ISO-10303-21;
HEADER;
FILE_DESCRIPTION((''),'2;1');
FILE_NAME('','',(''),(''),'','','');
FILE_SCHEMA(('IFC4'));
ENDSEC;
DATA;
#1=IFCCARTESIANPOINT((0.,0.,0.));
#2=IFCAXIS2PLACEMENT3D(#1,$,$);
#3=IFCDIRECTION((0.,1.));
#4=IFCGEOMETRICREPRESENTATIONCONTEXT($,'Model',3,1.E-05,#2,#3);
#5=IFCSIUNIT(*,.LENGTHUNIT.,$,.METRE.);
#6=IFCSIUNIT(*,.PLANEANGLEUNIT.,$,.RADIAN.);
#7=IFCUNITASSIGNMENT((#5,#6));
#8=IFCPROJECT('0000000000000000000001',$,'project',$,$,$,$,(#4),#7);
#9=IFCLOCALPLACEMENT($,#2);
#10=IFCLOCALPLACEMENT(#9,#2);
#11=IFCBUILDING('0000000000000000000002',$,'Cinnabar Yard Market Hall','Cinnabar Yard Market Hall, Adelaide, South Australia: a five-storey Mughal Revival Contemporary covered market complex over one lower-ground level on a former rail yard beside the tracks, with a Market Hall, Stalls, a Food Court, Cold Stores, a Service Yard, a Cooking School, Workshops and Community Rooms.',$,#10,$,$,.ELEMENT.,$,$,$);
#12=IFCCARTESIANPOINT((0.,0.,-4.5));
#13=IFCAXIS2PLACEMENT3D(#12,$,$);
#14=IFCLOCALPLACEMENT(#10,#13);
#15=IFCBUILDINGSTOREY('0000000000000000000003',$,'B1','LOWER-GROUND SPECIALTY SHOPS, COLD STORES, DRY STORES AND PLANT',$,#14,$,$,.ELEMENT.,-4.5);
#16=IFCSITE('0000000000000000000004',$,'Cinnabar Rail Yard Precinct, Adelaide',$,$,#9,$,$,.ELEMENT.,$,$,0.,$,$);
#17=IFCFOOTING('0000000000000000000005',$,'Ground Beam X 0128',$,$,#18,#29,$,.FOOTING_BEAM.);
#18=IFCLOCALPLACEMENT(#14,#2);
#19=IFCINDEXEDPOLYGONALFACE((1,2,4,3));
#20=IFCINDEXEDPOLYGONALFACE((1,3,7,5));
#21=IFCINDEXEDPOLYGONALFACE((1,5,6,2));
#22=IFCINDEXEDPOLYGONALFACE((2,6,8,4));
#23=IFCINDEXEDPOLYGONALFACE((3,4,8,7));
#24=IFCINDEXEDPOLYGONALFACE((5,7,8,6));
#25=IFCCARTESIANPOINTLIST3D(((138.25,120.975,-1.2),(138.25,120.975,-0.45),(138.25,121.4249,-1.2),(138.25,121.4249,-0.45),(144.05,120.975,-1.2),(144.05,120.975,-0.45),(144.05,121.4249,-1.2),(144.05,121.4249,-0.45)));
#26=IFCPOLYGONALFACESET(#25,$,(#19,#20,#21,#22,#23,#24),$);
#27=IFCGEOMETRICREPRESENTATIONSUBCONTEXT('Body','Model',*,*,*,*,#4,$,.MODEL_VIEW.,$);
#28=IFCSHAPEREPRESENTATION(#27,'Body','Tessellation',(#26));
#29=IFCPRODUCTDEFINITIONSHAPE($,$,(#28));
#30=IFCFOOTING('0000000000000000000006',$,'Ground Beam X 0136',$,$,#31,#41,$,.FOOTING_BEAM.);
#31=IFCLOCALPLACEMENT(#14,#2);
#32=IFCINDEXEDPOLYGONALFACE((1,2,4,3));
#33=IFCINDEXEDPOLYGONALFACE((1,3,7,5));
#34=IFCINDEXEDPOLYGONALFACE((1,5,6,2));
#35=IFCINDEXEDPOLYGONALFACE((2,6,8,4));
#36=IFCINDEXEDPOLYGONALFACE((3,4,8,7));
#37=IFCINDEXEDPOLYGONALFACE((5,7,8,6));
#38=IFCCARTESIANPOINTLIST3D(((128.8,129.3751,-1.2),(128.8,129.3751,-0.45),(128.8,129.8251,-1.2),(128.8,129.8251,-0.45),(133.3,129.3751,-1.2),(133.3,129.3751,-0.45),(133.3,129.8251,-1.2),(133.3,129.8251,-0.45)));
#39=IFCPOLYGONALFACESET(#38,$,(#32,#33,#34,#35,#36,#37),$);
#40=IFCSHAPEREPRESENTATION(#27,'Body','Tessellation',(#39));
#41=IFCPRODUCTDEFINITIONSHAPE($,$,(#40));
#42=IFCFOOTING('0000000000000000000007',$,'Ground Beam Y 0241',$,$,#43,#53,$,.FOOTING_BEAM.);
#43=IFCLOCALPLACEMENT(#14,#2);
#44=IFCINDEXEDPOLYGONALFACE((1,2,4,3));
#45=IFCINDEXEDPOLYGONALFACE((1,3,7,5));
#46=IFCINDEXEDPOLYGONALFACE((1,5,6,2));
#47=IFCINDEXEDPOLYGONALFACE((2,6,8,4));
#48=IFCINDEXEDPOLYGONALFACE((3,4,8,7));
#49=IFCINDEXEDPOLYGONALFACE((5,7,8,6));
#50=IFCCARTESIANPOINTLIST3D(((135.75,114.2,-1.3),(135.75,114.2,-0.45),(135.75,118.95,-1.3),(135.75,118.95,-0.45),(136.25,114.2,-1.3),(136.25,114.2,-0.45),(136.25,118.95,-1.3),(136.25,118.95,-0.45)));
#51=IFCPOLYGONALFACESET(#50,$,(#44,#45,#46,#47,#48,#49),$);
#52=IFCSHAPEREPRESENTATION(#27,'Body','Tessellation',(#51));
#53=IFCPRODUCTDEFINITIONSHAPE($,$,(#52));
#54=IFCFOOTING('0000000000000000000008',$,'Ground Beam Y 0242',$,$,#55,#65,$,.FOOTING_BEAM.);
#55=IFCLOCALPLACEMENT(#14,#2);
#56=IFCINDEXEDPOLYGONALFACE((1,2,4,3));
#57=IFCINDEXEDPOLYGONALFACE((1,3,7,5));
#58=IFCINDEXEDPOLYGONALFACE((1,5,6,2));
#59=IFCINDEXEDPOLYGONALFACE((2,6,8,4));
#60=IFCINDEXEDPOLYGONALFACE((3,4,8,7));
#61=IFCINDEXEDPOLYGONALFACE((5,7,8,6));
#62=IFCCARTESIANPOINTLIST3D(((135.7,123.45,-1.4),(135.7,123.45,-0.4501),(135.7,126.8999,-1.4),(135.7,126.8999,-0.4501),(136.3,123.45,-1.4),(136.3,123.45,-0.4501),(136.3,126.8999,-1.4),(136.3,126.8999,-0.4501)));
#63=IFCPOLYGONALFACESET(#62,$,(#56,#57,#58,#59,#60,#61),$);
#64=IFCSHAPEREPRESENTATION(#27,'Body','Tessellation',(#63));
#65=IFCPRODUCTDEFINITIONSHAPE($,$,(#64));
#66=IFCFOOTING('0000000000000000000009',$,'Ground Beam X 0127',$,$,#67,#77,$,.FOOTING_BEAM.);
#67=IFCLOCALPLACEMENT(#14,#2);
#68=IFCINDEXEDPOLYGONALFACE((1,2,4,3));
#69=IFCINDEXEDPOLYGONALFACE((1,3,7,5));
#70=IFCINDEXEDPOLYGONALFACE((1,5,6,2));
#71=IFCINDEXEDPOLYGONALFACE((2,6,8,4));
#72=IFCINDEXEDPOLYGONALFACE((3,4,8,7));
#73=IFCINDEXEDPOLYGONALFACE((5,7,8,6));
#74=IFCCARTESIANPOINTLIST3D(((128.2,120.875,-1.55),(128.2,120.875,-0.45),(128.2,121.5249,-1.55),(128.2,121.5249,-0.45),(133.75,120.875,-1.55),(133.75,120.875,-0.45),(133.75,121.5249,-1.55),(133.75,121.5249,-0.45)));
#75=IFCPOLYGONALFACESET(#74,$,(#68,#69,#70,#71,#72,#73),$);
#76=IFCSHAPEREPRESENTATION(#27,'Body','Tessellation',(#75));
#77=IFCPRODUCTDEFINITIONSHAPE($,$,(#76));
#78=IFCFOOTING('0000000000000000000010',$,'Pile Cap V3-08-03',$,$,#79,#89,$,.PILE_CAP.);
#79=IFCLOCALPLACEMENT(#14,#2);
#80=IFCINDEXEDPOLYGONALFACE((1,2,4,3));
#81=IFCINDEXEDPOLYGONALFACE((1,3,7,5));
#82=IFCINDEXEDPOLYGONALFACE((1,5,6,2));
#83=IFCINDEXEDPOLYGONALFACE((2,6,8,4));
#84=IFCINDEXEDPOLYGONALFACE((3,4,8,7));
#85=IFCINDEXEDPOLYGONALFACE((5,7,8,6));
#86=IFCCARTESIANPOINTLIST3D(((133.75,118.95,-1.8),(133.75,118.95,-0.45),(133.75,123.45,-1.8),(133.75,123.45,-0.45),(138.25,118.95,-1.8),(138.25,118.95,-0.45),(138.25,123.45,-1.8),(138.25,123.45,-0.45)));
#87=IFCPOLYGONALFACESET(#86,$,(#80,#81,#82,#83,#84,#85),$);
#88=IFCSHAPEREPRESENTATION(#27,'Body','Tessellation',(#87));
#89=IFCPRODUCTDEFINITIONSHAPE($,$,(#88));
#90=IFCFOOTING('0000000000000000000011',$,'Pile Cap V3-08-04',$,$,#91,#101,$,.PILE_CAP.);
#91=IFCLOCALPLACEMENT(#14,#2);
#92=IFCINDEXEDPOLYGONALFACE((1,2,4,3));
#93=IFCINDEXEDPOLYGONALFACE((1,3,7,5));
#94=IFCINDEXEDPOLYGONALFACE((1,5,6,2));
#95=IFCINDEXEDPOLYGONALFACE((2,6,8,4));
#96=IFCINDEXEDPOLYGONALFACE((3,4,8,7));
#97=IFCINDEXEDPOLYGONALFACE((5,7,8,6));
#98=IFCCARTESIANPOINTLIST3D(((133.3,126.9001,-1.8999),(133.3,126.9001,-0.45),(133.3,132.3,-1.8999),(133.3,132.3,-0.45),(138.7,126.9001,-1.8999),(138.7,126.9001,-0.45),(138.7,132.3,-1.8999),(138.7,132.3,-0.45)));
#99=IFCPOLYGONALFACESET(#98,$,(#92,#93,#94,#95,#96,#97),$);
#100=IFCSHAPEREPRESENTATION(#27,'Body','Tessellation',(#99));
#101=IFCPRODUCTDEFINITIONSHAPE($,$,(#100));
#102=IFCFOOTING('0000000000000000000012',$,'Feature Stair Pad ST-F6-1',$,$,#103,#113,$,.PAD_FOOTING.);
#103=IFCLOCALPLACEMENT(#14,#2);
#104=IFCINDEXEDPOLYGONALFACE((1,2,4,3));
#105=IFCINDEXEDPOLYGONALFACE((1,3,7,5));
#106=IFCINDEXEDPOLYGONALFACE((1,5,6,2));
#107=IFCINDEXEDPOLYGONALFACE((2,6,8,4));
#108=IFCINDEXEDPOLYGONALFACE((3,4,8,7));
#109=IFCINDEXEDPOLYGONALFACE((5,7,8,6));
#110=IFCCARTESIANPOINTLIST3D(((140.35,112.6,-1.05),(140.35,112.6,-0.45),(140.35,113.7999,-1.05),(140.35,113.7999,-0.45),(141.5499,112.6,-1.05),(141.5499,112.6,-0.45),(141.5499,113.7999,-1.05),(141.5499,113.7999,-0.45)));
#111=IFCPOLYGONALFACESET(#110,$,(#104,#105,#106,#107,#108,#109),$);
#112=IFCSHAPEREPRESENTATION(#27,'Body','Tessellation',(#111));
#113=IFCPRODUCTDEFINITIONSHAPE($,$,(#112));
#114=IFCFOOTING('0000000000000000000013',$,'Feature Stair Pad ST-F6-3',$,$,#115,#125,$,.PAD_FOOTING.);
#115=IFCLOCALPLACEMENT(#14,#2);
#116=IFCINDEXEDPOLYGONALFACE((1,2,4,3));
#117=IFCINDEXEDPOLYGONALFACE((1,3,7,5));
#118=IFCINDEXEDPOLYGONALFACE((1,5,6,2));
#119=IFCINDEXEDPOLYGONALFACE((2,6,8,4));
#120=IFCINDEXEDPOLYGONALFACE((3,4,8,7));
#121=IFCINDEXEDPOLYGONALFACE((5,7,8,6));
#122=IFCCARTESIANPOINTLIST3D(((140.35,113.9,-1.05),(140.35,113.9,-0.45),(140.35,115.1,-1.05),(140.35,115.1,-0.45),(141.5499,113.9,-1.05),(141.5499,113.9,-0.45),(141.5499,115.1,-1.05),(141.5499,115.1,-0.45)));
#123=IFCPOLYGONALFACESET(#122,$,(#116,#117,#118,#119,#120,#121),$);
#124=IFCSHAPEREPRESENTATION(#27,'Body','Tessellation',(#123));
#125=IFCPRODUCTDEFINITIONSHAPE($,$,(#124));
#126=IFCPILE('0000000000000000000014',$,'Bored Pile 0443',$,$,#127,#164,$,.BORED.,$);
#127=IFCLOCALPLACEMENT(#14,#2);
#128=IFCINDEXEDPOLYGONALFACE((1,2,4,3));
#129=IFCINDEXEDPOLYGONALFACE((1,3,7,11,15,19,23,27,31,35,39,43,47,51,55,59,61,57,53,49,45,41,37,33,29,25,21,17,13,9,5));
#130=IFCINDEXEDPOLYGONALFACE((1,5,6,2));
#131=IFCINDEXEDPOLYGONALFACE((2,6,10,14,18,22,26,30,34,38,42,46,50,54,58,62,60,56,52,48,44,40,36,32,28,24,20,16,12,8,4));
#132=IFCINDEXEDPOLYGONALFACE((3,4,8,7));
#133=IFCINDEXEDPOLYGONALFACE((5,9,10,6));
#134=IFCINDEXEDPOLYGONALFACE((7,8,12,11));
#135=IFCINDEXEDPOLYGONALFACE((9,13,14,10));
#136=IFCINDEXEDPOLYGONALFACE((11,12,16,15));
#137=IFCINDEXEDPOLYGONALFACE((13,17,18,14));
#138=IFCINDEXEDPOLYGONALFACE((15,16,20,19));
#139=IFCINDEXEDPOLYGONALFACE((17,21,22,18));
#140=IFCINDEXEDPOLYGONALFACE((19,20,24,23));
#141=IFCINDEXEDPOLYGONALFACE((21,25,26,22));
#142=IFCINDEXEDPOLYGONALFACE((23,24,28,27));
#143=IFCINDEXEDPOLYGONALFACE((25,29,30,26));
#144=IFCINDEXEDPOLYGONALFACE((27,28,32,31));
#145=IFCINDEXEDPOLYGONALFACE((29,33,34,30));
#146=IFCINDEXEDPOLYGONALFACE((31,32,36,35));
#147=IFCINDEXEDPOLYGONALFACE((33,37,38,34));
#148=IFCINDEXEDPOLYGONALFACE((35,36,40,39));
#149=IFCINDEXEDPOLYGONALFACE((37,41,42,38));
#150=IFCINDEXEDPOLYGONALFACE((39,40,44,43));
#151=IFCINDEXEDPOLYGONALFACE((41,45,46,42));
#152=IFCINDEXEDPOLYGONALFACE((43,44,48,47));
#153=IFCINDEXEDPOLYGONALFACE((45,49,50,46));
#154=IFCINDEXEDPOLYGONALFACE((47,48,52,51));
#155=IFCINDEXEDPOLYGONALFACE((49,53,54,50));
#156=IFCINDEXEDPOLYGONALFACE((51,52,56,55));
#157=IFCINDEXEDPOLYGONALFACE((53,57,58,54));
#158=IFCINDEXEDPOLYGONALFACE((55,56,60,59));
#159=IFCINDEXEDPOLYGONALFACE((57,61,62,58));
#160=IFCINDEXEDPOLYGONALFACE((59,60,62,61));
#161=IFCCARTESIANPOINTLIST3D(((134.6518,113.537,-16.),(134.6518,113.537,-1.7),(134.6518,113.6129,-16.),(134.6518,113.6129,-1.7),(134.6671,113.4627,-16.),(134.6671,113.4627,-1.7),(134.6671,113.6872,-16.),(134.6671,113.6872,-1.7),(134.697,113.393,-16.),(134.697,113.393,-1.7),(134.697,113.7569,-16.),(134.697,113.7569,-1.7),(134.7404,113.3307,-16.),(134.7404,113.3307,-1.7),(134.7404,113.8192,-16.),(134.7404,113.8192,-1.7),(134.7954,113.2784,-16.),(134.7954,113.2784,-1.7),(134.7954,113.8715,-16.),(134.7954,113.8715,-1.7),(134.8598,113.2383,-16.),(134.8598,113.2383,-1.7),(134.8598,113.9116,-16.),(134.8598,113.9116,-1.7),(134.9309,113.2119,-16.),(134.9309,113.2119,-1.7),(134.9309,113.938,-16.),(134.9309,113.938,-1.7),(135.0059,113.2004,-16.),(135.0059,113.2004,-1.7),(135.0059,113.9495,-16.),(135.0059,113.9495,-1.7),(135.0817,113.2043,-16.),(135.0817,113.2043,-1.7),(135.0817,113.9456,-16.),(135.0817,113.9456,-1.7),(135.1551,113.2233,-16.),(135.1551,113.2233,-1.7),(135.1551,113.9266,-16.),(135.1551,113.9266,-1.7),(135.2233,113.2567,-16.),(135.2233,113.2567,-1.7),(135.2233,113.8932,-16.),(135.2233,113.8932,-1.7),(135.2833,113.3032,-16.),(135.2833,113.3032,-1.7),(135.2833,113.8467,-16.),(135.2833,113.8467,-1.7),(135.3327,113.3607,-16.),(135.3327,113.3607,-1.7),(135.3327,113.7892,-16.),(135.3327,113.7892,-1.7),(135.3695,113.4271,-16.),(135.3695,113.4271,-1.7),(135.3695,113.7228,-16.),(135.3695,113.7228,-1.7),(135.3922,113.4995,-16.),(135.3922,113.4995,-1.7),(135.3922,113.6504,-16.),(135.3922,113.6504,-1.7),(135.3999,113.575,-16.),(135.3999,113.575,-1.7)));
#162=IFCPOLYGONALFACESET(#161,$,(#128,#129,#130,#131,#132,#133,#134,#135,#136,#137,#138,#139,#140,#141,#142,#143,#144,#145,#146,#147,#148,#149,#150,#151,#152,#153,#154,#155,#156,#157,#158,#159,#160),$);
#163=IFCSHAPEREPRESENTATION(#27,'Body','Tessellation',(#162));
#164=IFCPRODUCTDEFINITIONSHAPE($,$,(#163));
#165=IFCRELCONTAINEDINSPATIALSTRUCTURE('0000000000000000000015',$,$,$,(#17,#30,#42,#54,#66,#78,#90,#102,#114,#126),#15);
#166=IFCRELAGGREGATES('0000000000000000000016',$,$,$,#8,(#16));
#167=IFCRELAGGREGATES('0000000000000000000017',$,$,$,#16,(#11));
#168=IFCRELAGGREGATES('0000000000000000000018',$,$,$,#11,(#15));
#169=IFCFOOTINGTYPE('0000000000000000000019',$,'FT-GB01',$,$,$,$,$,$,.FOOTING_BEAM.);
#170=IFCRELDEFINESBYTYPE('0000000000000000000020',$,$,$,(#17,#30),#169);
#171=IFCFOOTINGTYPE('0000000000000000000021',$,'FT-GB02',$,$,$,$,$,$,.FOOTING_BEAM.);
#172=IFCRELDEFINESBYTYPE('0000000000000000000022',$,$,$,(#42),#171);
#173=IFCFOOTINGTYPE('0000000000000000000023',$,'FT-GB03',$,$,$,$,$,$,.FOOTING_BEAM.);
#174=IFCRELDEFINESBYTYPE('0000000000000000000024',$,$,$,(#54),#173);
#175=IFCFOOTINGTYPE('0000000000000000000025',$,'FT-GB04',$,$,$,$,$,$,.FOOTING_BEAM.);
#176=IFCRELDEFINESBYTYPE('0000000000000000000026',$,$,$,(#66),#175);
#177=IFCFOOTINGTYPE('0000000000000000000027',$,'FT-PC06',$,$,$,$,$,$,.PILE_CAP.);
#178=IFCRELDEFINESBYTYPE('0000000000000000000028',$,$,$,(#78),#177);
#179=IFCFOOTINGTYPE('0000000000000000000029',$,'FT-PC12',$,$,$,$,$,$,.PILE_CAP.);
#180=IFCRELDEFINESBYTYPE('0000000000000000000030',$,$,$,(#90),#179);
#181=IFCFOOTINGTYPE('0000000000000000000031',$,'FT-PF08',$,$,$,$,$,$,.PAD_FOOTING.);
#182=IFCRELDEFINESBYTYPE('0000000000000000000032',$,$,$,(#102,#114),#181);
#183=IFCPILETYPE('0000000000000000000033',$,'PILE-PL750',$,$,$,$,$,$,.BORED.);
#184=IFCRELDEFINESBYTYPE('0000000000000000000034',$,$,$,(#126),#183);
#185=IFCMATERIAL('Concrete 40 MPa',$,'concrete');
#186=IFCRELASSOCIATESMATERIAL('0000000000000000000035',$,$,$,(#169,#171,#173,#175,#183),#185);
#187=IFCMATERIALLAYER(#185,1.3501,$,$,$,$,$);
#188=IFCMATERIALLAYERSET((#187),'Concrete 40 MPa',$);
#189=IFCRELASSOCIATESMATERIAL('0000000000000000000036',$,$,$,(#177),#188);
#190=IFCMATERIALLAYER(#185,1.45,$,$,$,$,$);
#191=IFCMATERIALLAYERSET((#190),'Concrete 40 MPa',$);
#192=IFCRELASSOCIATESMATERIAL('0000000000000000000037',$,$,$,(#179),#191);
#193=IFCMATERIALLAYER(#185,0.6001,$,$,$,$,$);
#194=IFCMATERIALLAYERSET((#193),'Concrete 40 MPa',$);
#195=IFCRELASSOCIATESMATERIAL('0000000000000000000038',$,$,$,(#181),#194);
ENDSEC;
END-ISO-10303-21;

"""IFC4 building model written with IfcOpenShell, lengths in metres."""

from ifc_helpers import new_model, si_unit, direction, frame, origin, origin_2d_with_axis, place, context, subcontext, project, spatial, rectangle, circle, extrude, material, layer, layer_set, material_profile, profile_set, type_object, element, save


model = new_model("IFC4")

# Units and contexts
model_context = context("Model", 3, precision=1e-05, world=origin(), true_north=direction((0.0, 1.0)))
body_context = subcontext(model_context, "Body", "Model", "MODEL_VIEW")
ifc_project = project(units=[si_unit("LENGTHUNIT", "METRE"), si_unit("PLANEANGLEUNIT", "RADIAN")], contexts=[model_context])

# Site, building, storey
site_placement = place(None, origin())
site = spatial("IfcSite", under=ifc_project, at=site_placement, Name="Cinnabar Rail Yard Precinct, Adelaide", CompositionType="ELEMENT", RefElevation=0.0)
building_placement = place(site_placement, origin())
building = spatial("IfcBuilding", under=site, at=building_placement, Name="Cinnabar Yard Market Hall", Description="Cinnabar Yard Market Hall, Adelaide, South Australia: a five-storey Mughal Revival Contemporary covered market complex over one lower-ground level on a former rail yard beside the tracks, with a Market Hall, Stalls, a Food Court, Cold Stores, a Service Yard, a Cooking School, Workshops and Community Rooms.", CompositionType="ELEMENT")
storey_placement = place(building_placement, frame((0.0, 0.0, -4.5)))
storey = spatial("IfcBuildingStorey", under=building, at=storey_placement, Name="B1", Description="LOWER-GROUND SPECIALTY SHOPS, COLD STORES, DRY STORES AND PLANT", CompositionType="ELEMENT", Elevation=-4.5)

# Footings
ifc_material_1 = material(Name="Concrete 40 MPa", Category="concrete")
ifc_material_profile_1 = material_profile(ifc_material_1, rectangle(XDim=0.45, YDim=0.75, at=origin_2d_with_axis()), Name="GB-450x750")
ifc_profile_set_1 = profile_set([ifc_material_profile_1], Name="Concrete 40 MPa")
footing_type_1 = type_object("IfcFootingType", Name="FT-GB01", PredefinedType="FOOTING_BEAM", material=ifc_profile_set_1)
footing_1_placement = place(storey_placement, frame((138.25, 121.2, -0.825), z_axis=(1.0, 0.0, 0.0), x_axis=(0.0, 1.0, 0.0)))
element("IfcFooting", 1, at=footing_1_placement, inside=storey, type_object=footing_type_1, Name="Ground Beam X 0128", PredefinedType="FOOTING_BEAM", context=body_context, shape_type="SweptSolid", body=[
    extrude(rectangle(XDim=0.45, YDim=0.75, at=origin_2d_with_axis()), origin(), (0.0, 0.0, 1.0), 5.8),
])
footing_2_placement = place(storey_placement, frame((128.8, 129.6001, -0.825), z_axis=(1.0, 0.0, 0.0), x_axis=(0.0, 1.0, 0.0)))
element("IfcFooting", 2, at=footing_2_placement, inside=storey, type_object=footing_type_1, Name="Ground Beam X 0136", PredefinedType="FOOTING_BEAM", context=body_context, shape_type="SweptSolid", body=[
    extrude(rectangle(XDim=0.45, YDim=0.75, at=origin_2d_with_axis()), origin(), (0.0, 0.0, 1.0), 4.5),
])
ifc_material_profile_2 = material_profile(ifc_material_1, rectangle(XDim=0.5, YDim=0.8501, at=origin_2d_with_axis()), Name="GB-500x850")
ifc_profile_set_2 = profile_set([ifc_material_profile_2], Name="Concrete 40 MPa")
footing_type_2 = type_object("IfcFootingType", Name="FT-GB02", PredefinedType="FOOTING_BEAM", material=ifc_profile_set_2)
footing_3_placement = place(storey_placement, frame((136.0, 114.2, -0.875), z_axis=(0.0, 1.0, 0.0), x_axis=(-1.0, 0.0, 0.0)))
element("IfcFooting", 3, at=footing_3_placement, inside=storey, type_object=footing_type_2, Name="Ground Beam Y 0241", PredefinedType="FOOTING_BEAM", context=body_context, shape_type="SweptSolid", body=[
    extrude(rectangle(XDim=0.5, YDim=0.8501, at=origin_2d_with_axis()), origin(), (0.0, 0.0, 1.0), 4.75),
])
ifc_material_profile_3 = material_profile(ifc_material_1, rectangle(XDim=0.6001, YDim=0.95, at=origin_2d_with_axis()), Name="GB-600x950")
ifc_profile_set_3 = profile_set([ifc_material_profile_3], Name="Concrete 40 MPa")
footing_type_3 = type_object("IfcFootingType", Name="FT-GB03", PredefinedType="FOOTING_BEAM", material=ifc_profile_set_3)
footing_4_placement = place(storey_placement, frame((136.0, 123.45, -0.925), z_axis=(0.0, 1.0, 0.0), x_axis=(-1.0, 0.0, 0.0)))
element("IfcFooting", 4, at=footing_4_placement, inside=storey, type_object=footing_type_3, Name="Ground Beam Y 0242", PredefinedType="FOOTING_BEAM", context=body_context, shape_type="SweptSolid", body=[
    extrude(rectangle(XDim=0.6001, YDim=0.95, at=origin_2d_with_axis()), origin(), (0.0, 0.0, 1.0), 3.45),
])
ifc_material_profile_4 = material_profile(ifc_material_1, rectangle(XDim=0.6499, YDim=1.1001, at=origin_2d_with_axis()), Name="GB-650x1100")
ifc_profile_set_4 = profile_set([ifc_material_profile_4], Name="Concrete 40 MPa")
footing_type_4 = type_object("IfcFootingType", Name="FT-GB04", PredefinedType="FOOTING_BEAM", material=ifc_profile_set_4)
footing_5_placement = place(storey_placement, frame((128.2, 121.2, -1.0), z_axis=(1.0, 0.0, 0.0), x_axis=(0.0, 1.0, 0.0)))
element("IfcFooting", 5, at=footing_5_placement, inside=storey, type_object=footing_type_4, Name="Ground Beam X 0127", PredefinedType="FOOTING_BEAM", context=body_context, shape_type="SweptSolid", body=[
    extrude(rectangle(XDim=0.6499, YDim=1.1001, at=origin_2d_with_axis()), origin(), (0.0, 0.0, 1.0), 5.55),
])
ifc_layer_1 = layer(ifc_material_1, 1.3501)
ifc_layer_set_1 = layer_set([ifc_layer_1], Name="Concrete 40 MPa")
footing_type_5 = type_object("IfcFootingType", Name="FT-PC06", PredefinedType="PILE_CAP", material=ifc_layer_set_1)
footing_6_placement = place(storey_placement, frame((136.0, 121.2, -1.8), z_axis=(0.0, 0.0, 1.0), x_axis=(1.0, 0.0, 0.0)))
element("IfcFooting", 6, at=footing_6_placement, inside=storey, type_object=footing_type_5, Name="Pile Cap V3-08-03", PredefinedType="PILE_CAP", context=body_context, shape_type="SweptSolid", body=[
    extrude(rectangle(XDim=4.5, YDim=4.5, at=origin_2d_with_axis()), origin(), (0.0, 0.0, 1.0), 1.3501),
])
ifc_layer_2 = layer(ifc_material_1, 1.45)
ifc_layer_set_2 = layer_set([ifc_layer_2], Name="Concrete 40 MPa")
footing_type_6 = type_object("IfcFootingType", Name="FT-PC12", PredefinedType="PILE_CAP", material=ifc_layer_set_2)
footing_7_placement = place(storey_placement, frame((136.0, 129.6001, -1.8999), z_axis=(0.0, 0.0, 1.0), x_axis=(1.0, 0.0, 0.0)))
element("IfcFooting", 7, at=footing_7_placement, inside=storey, type_object=footing_type_6, Name="Pile Cap V3-08-04", PredefinedType="PILE_CAP", context=body_context, shape_type="SweptSolid", body=[
    extrude(rectangle(XDim=5.3999, YDim=5.3999, at=origin_2d_with_axis()), origin(), (0.0, 0.0, 1.0), 1.45),
])
ifc_layer_3 = layer(ifc_material_1, 0.6001)
ifc_layer_set_3 = layer_set([ifc_layer_3], Name="Concrete 40 MPa")
footing_type_7 = type_object("IfcFootingType", Name="FT-PF08", PredefinedType="PAD_FOOTING", material=ifc_layer_set_3)
for number, where, z_axis, x_axis, name in (
    (8, (140.95, 113.2, -1.05), (0.0, 0.0, 1.0), (1.0, 0.0, 0.0), "Feature Stair Pad ST-F6-1"),
    (9, (140.95, 114.5, -1.05), (0.0, 0.0, 1.0), (1.0, 0.0, 0.0), "Feature Stair Pad ST-F6-3"),
):
    element("IfcFooting", number, at=place(storey_placement, frame(where, z_axis=z_axis, x_axis=x_axis)), inside=storey, type_object=footing_type_7, Name=name, PredefinedType="PAD_FOOTING", context=body_context, shape_type="SweptSolid", body=[
        extrude(rectangle(XDim=1.2, YDim=1.2, at=origin_2d_with_axis()), origin(), (0.0, 0.0, 1.0), 0.6001),
    ])

# Pile
ifc_material_profile_5 = material_profile(ifc_material_1, circle(Radius=0.375, at=origin_2d_with_axis()), Name="PILE-D750")
ifc_profile_set_5 = profile_set([ifc_material_profile_5], Name="Concrete 40 MPa")
pile_type_1 = type_object("IfcPileType", Name="PILE-PL750", PredefinedType="BORED", material=ifc_profile_set_5)
for number, where, z_axis, x_axis, name in (
    (10, (135.0249, 113.575, -1.7), (0.0, 0.0, -1.0), (1.0, 0.0, 0.0), "Bored Pile 0443"),
):
    element("IfcPile", number, at=place(storey_placement, frame(where, z_axis=z_axis, x_axis=x_axis)), inside=storey, type_object=pile_type_1, Name=name, PredefinedType="BORED", context=body_context, shape_type="SweptSolid", body=[
        extrude(circle(Radius=0.375, at=origin_2d_with_axis()), origin(), (0.0, 0.0, 1.0), 14.3),
    ])

save(model, "model.ifc")
